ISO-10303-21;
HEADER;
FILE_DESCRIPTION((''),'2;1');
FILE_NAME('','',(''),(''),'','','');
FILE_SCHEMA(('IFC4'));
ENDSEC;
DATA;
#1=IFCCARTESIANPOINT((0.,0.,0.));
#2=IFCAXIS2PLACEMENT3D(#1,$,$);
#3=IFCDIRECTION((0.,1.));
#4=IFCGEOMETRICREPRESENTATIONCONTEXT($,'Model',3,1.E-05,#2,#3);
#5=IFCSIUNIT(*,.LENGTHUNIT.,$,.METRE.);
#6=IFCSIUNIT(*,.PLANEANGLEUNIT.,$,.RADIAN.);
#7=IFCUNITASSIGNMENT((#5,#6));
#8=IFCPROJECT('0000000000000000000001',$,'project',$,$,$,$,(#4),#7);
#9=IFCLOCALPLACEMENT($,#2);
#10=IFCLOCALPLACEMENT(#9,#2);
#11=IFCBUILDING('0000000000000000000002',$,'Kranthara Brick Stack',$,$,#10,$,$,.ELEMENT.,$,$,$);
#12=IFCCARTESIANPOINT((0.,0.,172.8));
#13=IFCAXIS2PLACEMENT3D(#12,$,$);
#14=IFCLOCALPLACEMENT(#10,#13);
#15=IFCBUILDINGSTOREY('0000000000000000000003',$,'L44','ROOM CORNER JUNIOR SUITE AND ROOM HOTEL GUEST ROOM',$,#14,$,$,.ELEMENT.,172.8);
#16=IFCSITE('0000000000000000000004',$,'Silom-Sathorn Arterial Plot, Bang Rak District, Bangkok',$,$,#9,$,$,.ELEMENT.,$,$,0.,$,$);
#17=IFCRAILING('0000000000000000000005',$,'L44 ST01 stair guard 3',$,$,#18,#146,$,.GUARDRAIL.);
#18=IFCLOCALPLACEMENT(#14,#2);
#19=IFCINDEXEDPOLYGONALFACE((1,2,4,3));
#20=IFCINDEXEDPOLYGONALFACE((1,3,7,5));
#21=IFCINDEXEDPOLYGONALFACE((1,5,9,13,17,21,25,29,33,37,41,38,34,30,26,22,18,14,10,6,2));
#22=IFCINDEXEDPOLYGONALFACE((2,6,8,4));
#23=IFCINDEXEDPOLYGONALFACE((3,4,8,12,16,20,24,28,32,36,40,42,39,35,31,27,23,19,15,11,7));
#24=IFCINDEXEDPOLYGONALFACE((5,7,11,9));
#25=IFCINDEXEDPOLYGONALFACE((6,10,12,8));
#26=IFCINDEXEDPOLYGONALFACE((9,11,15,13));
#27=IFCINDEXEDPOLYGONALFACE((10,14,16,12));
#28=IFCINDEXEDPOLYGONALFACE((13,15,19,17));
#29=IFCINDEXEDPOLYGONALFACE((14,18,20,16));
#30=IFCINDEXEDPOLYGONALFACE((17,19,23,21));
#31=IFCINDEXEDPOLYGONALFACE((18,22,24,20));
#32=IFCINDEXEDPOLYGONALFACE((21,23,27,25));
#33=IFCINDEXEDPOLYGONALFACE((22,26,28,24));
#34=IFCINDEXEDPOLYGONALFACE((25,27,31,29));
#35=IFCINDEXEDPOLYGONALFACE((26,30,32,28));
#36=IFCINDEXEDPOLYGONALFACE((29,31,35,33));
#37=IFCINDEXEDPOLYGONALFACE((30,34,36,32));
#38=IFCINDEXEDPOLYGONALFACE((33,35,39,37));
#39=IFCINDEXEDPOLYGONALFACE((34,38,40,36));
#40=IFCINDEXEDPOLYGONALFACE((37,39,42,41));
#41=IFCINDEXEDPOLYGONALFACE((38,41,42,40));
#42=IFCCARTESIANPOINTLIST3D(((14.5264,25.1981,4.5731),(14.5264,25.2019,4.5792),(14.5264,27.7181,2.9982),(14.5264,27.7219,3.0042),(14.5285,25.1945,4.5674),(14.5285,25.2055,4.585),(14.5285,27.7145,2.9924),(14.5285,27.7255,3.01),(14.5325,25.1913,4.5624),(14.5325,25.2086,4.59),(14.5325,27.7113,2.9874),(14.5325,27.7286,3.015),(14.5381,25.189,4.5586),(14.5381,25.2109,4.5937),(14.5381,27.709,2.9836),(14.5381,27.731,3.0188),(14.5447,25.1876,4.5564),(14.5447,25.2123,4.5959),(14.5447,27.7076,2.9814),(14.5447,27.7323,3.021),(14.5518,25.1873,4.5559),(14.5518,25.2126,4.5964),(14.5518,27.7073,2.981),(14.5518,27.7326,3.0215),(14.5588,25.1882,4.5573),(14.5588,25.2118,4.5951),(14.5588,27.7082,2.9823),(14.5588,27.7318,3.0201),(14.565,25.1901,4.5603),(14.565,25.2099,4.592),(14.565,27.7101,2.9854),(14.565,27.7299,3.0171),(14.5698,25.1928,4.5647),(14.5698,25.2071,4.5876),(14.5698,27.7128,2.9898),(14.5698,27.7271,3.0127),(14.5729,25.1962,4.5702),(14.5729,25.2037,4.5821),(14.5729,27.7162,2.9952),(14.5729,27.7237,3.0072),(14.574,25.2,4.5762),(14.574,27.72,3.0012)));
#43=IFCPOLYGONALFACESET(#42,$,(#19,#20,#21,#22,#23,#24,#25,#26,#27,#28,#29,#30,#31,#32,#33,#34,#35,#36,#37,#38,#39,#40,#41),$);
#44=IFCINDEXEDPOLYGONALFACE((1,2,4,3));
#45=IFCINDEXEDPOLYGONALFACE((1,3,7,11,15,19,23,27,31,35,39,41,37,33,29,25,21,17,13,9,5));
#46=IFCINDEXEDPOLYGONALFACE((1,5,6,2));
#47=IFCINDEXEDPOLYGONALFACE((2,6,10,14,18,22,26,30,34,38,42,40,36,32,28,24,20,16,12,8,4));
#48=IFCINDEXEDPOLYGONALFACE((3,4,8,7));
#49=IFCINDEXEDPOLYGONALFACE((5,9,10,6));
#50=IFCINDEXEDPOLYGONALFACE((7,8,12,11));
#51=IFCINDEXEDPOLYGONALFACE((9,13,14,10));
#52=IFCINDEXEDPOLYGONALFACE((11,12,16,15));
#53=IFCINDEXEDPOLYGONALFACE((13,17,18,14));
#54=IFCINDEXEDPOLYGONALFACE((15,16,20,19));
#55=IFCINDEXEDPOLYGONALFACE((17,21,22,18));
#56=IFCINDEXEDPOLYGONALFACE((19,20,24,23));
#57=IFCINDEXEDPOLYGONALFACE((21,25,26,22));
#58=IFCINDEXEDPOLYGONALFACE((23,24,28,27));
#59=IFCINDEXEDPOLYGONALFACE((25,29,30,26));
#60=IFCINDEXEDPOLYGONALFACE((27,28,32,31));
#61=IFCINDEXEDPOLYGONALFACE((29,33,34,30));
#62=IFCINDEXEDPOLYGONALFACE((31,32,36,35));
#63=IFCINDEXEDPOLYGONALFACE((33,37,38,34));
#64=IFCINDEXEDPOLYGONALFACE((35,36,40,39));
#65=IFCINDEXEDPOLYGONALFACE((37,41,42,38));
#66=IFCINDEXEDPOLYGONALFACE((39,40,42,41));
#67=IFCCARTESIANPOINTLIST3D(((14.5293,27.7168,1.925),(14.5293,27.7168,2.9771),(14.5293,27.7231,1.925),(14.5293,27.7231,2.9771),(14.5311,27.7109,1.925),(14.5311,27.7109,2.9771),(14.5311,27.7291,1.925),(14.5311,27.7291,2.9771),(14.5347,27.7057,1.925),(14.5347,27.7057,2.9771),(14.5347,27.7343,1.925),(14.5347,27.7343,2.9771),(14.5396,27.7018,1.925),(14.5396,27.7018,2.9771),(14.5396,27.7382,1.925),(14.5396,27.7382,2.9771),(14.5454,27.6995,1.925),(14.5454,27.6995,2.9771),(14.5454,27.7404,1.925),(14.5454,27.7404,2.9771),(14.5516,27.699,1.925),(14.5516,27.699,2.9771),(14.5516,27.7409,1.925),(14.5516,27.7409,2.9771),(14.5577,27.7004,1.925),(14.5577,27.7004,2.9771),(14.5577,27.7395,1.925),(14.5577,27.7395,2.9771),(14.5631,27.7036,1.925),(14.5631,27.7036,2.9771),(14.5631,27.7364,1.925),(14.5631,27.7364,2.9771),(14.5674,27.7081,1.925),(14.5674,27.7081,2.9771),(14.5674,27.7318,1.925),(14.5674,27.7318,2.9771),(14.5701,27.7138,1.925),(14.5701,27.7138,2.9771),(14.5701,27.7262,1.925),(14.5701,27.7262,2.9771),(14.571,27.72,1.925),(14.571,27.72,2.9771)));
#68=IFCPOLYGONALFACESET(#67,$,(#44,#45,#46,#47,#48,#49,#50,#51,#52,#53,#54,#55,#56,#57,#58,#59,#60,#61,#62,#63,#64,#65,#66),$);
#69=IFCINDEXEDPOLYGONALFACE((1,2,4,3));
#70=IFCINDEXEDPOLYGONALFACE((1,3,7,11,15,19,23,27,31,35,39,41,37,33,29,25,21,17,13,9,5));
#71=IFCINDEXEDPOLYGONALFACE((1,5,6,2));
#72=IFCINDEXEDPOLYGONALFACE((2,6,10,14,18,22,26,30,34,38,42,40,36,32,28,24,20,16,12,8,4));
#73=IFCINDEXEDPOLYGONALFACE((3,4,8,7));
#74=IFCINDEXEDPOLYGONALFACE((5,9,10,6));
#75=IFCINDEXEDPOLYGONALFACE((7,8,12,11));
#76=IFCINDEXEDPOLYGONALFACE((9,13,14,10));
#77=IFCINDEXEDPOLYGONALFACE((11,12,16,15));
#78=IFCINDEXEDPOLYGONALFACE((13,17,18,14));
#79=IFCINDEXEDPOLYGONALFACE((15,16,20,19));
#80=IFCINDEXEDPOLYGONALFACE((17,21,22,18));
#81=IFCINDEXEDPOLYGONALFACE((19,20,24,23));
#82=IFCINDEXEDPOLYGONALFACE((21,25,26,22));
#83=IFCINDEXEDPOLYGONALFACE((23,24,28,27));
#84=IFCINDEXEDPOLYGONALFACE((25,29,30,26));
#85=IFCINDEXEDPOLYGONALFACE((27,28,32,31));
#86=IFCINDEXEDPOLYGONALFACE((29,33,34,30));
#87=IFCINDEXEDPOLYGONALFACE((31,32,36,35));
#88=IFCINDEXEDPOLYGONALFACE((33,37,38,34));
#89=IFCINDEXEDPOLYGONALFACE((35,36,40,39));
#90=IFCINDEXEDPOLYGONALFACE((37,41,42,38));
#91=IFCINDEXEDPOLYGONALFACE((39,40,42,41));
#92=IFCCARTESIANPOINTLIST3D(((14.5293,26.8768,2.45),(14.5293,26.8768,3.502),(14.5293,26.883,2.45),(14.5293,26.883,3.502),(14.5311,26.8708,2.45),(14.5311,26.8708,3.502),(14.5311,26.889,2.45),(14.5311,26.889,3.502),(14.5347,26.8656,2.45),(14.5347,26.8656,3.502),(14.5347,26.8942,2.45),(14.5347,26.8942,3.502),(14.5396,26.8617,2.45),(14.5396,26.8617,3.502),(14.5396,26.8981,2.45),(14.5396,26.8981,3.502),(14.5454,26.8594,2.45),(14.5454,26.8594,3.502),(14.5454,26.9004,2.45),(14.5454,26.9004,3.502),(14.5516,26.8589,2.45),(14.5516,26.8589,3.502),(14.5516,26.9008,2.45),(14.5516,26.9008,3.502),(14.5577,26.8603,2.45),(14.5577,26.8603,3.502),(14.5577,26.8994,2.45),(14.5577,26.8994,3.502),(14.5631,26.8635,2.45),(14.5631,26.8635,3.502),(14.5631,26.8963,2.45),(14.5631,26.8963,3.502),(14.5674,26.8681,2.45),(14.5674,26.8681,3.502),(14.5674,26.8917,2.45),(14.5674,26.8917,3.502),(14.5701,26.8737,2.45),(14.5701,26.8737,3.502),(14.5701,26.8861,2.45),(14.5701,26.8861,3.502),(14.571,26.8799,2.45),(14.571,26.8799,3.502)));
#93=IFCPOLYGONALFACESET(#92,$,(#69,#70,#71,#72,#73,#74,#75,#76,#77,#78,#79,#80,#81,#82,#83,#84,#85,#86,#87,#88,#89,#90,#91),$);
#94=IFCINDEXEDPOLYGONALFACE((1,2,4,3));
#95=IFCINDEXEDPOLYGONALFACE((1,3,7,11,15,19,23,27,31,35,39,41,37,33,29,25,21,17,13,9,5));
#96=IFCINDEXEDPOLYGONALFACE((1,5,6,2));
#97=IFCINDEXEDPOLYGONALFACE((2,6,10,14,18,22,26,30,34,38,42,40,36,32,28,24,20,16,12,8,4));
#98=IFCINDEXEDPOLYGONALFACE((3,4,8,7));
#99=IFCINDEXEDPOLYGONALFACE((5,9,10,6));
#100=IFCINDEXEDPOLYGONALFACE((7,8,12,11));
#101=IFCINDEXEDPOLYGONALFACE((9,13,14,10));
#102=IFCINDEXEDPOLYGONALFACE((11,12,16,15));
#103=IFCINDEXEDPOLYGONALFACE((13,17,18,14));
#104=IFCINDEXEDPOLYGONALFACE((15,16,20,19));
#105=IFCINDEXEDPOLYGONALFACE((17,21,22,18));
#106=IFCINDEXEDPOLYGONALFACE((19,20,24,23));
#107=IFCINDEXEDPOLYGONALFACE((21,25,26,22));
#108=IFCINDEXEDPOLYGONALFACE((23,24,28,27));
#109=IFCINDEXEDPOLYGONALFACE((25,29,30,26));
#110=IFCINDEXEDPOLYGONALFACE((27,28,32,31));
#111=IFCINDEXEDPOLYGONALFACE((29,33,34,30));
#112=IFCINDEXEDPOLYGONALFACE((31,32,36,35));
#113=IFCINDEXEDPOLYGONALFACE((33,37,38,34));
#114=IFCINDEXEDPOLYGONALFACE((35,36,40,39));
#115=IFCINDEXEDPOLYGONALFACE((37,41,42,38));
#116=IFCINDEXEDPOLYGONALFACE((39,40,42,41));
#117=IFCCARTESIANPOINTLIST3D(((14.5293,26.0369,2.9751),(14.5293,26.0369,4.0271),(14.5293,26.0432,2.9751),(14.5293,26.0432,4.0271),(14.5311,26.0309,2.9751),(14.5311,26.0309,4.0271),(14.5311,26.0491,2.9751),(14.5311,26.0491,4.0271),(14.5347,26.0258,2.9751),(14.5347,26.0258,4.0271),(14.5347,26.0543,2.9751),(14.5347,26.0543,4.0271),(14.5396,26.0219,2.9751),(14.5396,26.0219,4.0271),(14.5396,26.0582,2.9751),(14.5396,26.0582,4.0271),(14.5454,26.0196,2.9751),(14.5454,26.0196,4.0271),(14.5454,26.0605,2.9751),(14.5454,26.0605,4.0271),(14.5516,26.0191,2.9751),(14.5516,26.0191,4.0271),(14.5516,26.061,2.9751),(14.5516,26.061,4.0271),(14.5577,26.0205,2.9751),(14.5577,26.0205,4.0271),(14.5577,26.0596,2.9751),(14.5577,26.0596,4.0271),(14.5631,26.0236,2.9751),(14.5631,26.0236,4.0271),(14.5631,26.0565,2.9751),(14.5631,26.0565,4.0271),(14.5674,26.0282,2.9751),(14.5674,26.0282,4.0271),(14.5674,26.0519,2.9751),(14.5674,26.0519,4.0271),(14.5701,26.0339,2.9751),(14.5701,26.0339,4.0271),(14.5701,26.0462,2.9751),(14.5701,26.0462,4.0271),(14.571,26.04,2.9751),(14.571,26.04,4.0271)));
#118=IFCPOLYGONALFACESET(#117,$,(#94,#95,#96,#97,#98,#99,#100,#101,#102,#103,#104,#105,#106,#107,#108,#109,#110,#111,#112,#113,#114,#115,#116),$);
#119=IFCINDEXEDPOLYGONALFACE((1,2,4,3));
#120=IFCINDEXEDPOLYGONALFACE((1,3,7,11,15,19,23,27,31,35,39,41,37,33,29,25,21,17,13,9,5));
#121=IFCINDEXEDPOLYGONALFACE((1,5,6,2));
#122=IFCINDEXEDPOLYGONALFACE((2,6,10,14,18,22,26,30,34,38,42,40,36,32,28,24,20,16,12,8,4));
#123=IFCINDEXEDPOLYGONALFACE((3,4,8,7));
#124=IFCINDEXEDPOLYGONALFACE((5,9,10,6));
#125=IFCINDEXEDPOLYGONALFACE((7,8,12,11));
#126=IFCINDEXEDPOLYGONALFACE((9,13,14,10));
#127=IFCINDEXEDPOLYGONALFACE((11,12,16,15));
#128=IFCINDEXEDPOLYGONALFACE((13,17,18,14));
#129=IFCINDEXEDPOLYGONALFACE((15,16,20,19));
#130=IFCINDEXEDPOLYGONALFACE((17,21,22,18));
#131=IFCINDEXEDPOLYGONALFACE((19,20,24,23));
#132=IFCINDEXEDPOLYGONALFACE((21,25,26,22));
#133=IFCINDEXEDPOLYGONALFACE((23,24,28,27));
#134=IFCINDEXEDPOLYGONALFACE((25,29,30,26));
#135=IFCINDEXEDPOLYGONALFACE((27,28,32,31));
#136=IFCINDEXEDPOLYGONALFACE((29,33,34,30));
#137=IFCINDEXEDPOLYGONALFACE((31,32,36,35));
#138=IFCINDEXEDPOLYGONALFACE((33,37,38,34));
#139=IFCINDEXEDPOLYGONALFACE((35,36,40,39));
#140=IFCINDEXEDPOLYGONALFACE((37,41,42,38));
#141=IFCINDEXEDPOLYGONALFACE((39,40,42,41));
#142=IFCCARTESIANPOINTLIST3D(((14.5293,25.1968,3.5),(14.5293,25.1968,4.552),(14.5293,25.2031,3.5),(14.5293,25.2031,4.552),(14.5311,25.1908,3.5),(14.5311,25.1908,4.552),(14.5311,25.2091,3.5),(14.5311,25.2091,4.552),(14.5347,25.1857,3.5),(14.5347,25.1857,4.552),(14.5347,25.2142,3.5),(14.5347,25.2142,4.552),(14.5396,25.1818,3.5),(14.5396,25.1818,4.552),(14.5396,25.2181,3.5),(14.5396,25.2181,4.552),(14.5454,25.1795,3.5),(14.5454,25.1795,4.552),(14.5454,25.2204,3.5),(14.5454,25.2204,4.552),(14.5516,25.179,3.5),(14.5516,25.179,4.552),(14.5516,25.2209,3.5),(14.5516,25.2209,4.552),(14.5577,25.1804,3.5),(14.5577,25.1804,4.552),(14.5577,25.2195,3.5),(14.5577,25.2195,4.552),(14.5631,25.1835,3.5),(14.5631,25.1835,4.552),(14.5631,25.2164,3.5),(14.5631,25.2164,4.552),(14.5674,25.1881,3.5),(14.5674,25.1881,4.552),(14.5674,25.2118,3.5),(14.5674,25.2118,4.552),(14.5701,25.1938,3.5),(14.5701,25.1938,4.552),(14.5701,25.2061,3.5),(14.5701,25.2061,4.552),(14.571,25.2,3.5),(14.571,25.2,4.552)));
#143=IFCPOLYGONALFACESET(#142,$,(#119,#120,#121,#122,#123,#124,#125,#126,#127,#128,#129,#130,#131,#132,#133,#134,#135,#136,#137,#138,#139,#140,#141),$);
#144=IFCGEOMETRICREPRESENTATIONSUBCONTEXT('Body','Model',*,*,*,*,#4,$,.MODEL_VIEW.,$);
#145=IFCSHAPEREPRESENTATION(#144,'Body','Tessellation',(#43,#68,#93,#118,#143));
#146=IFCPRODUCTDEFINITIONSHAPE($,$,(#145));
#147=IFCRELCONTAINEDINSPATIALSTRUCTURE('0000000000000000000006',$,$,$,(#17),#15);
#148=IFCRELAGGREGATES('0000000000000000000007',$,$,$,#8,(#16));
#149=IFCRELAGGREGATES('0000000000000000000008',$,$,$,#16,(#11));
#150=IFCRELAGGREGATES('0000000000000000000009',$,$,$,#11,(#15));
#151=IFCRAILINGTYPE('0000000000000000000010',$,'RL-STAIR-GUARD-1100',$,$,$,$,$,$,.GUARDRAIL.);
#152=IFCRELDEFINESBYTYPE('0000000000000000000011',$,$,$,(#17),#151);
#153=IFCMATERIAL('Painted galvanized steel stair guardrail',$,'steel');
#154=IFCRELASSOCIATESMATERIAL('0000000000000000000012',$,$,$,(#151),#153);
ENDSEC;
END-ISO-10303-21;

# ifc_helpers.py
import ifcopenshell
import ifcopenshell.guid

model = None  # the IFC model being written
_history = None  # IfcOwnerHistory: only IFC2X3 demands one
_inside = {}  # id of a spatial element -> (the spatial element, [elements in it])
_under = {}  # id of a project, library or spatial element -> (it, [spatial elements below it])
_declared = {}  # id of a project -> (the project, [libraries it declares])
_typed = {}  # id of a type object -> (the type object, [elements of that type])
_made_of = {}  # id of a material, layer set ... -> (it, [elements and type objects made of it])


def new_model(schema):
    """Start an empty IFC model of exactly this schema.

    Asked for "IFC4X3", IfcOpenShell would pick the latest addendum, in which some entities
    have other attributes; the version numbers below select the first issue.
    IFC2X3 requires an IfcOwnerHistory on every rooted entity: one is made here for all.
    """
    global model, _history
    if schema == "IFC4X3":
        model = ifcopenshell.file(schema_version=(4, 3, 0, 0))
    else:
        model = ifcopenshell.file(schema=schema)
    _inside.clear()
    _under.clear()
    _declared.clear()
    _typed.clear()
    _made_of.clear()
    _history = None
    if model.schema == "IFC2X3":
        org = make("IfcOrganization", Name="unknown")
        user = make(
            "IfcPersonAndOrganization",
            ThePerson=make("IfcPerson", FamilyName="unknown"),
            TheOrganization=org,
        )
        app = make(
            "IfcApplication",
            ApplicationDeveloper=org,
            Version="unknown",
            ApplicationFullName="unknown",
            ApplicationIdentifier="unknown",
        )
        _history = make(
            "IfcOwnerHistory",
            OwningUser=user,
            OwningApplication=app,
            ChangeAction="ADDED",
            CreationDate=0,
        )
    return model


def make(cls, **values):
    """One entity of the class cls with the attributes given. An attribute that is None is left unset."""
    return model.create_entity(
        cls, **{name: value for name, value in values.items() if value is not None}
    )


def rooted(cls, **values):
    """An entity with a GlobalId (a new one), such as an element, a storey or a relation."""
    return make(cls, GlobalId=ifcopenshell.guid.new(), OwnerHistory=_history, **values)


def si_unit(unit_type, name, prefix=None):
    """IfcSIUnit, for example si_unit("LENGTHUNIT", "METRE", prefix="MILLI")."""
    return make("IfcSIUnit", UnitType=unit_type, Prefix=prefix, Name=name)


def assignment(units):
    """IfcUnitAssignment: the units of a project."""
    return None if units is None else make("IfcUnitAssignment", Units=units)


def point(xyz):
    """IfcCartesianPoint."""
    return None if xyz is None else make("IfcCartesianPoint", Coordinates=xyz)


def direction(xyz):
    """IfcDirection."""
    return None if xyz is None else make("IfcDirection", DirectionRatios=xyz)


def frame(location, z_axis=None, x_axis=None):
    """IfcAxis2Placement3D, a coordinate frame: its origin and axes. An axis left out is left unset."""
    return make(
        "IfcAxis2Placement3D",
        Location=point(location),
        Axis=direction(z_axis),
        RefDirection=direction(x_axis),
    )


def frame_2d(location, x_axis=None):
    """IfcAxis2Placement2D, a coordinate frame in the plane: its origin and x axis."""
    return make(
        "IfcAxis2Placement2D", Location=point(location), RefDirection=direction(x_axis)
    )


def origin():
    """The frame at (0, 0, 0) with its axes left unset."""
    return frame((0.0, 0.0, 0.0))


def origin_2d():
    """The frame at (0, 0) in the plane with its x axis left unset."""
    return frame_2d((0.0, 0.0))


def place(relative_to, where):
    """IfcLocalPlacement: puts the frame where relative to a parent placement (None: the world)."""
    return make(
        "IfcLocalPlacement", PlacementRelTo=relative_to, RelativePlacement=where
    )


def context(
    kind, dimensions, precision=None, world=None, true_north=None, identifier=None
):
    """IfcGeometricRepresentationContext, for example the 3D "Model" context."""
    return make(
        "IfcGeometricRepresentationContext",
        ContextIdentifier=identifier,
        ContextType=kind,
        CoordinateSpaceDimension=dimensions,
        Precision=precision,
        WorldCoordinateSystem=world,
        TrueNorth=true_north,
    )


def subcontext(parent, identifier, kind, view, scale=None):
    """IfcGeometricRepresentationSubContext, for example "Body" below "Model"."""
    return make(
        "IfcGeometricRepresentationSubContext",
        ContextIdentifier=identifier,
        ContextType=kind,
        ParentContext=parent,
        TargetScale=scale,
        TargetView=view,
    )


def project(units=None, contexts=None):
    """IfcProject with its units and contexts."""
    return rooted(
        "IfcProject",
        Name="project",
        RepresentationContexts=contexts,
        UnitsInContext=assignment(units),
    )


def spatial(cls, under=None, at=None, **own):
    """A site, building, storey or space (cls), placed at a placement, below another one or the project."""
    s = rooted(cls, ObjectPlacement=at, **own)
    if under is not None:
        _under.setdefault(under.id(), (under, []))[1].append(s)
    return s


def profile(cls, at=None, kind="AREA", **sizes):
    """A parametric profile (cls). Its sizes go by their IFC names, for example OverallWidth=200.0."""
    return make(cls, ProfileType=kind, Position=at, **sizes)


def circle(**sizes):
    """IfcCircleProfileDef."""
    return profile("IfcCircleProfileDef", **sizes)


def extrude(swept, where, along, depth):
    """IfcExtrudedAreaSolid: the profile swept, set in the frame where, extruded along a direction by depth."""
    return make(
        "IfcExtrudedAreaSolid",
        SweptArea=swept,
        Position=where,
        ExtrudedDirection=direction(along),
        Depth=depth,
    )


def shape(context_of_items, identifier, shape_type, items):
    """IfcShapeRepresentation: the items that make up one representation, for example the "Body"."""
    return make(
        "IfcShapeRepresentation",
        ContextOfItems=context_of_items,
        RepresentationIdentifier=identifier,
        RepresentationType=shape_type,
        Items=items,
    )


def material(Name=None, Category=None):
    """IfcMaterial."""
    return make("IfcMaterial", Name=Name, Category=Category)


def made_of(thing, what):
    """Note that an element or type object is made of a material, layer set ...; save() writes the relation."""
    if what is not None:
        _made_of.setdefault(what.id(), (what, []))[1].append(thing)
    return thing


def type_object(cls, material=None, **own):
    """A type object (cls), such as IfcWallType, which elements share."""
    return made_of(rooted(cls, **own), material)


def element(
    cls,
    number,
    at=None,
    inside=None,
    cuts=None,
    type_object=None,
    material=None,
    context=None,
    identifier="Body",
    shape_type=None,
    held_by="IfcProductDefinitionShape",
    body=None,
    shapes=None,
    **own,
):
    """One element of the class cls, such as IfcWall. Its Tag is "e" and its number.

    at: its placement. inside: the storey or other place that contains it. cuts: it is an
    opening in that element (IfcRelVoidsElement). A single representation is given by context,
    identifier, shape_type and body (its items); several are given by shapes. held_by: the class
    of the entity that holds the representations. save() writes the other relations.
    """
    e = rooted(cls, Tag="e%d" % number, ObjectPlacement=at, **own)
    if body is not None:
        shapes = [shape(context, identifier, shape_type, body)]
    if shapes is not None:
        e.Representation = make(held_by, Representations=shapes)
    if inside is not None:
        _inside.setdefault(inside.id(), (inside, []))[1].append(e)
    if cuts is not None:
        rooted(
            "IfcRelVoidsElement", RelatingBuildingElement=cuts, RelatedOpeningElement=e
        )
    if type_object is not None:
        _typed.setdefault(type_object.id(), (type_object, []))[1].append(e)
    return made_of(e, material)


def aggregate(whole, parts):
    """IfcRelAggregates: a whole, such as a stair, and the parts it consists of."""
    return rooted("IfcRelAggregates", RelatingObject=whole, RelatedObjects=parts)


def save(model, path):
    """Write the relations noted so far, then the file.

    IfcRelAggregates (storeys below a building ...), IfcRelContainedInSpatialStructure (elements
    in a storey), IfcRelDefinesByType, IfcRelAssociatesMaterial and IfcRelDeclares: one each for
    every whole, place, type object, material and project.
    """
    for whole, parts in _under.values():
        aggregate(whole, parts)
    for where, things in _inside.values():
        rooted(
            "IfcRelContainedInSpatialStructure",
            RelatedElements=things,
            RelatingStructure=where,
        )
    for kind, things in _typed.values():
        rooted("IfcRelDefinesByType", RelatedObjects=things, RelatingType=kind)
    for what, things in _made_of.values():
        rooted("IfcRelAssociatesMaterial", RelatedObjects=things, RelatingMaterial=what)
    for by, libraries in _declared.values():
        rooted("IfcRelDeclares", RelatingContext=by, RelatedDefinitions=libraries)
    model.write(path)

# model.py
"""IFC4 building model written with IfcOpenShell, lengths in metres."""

from ifc_helpers import new_model, si_unit, direction, frame, origin, origin_2d, place, context, subcontext, project, spatial, circle, extrude, material, type_object, element, save


model = new_model("IFC4")

# Units and contexts
model_context = context("Model", 3, precision=1e-05, world=origin(), true_north=direction((0.0, 1.0)))
body_context = subcontext(model_context, "Body", "Model", "MODEL_VIEW")
ifc_project = project(units=[si_unit("LENGTHUNIT", "METRE"), si_unit("PLANEANGLEUNIT", "RADIAN")], contexts=[model_context])

# Site, building, storey
site_placement = place(None, origin())
site = spatial("IfcSite", under=ifc_project, at=site_placement, Name="Silom-Sathorn Arterial Plot, Bang Rak District, Bangkok", CompositionType="ELEMENT", RefElevation=0.0)
building_placement = place(site_placement, origin())
building = spatial("IfcBuilding", under=site, at=building_placement, Name="Kranthara Brick Stack", CompositionType="ELEMENT")
storey_placement = place(building_placement, frame((0.0, 0.0, 172.8)))
storey = spatial("IfcBuildingStorey", under=building, at=storey_placement, Name="L44", Description="ROOM CORNER JUNIOR SUITE AND ROOM HOTEL GUEST ROOM", CompositionType="ELEMENT", Elevation=172.8)

# Railing
ifc_material_1 = material(Name="Painted galvanized steel stair guardrail", Category="steel")
railing_type_1 = type_object("IfcRailingType", Name="RL-STAIR-GUARD-1100", PredefinedType="GUARDRAIL", material=ifc_material_1)
railing_1_placement = place(storey_placement, frame((14.55, 27.72, 1.925)))
element("IfcRailing", 1, at=railing_1_placement, inside=storey, type_object=railing_type_1, Name="L44 ST01 stair guard 3", PredefinedType="GUARDRAIL", context=body_context, shape_type="SweptSolid", body=[
    extrude(circle(Radius=0.0239, at=origin_2d()), frame((0.0, 0.0, 1.0762), z_axis=(0.0, -0.848008, 0.529984), x_axis=(1.0, 0.0, 0.0)), (0.0, 0.0, 1.0), 2.9717),
    extrude(circle(Radius=0.021, at=origin_2d()), origin(), (0.0, 0.0, 1.0), 1.052),
    extrude(circle(Radius=0.021, at=origin_2d()), frame((0.0, -0.8401, 0.5249)), (0.0, 0.0, 1.0), 1.052),
    extrude(circle(Radius=0.021, at=origin_2d()), frame((0.0, -1.6799, 1.05)), (0.0, 0.0, 1.0), 1.052),
    extrude(circle(Radius=0.021, at=origin_2d()), frame((0.0, -2.52, 1.575)), (0.0, 0.0, 1.0), 1.052),
])

save(model, "model.ifc")
